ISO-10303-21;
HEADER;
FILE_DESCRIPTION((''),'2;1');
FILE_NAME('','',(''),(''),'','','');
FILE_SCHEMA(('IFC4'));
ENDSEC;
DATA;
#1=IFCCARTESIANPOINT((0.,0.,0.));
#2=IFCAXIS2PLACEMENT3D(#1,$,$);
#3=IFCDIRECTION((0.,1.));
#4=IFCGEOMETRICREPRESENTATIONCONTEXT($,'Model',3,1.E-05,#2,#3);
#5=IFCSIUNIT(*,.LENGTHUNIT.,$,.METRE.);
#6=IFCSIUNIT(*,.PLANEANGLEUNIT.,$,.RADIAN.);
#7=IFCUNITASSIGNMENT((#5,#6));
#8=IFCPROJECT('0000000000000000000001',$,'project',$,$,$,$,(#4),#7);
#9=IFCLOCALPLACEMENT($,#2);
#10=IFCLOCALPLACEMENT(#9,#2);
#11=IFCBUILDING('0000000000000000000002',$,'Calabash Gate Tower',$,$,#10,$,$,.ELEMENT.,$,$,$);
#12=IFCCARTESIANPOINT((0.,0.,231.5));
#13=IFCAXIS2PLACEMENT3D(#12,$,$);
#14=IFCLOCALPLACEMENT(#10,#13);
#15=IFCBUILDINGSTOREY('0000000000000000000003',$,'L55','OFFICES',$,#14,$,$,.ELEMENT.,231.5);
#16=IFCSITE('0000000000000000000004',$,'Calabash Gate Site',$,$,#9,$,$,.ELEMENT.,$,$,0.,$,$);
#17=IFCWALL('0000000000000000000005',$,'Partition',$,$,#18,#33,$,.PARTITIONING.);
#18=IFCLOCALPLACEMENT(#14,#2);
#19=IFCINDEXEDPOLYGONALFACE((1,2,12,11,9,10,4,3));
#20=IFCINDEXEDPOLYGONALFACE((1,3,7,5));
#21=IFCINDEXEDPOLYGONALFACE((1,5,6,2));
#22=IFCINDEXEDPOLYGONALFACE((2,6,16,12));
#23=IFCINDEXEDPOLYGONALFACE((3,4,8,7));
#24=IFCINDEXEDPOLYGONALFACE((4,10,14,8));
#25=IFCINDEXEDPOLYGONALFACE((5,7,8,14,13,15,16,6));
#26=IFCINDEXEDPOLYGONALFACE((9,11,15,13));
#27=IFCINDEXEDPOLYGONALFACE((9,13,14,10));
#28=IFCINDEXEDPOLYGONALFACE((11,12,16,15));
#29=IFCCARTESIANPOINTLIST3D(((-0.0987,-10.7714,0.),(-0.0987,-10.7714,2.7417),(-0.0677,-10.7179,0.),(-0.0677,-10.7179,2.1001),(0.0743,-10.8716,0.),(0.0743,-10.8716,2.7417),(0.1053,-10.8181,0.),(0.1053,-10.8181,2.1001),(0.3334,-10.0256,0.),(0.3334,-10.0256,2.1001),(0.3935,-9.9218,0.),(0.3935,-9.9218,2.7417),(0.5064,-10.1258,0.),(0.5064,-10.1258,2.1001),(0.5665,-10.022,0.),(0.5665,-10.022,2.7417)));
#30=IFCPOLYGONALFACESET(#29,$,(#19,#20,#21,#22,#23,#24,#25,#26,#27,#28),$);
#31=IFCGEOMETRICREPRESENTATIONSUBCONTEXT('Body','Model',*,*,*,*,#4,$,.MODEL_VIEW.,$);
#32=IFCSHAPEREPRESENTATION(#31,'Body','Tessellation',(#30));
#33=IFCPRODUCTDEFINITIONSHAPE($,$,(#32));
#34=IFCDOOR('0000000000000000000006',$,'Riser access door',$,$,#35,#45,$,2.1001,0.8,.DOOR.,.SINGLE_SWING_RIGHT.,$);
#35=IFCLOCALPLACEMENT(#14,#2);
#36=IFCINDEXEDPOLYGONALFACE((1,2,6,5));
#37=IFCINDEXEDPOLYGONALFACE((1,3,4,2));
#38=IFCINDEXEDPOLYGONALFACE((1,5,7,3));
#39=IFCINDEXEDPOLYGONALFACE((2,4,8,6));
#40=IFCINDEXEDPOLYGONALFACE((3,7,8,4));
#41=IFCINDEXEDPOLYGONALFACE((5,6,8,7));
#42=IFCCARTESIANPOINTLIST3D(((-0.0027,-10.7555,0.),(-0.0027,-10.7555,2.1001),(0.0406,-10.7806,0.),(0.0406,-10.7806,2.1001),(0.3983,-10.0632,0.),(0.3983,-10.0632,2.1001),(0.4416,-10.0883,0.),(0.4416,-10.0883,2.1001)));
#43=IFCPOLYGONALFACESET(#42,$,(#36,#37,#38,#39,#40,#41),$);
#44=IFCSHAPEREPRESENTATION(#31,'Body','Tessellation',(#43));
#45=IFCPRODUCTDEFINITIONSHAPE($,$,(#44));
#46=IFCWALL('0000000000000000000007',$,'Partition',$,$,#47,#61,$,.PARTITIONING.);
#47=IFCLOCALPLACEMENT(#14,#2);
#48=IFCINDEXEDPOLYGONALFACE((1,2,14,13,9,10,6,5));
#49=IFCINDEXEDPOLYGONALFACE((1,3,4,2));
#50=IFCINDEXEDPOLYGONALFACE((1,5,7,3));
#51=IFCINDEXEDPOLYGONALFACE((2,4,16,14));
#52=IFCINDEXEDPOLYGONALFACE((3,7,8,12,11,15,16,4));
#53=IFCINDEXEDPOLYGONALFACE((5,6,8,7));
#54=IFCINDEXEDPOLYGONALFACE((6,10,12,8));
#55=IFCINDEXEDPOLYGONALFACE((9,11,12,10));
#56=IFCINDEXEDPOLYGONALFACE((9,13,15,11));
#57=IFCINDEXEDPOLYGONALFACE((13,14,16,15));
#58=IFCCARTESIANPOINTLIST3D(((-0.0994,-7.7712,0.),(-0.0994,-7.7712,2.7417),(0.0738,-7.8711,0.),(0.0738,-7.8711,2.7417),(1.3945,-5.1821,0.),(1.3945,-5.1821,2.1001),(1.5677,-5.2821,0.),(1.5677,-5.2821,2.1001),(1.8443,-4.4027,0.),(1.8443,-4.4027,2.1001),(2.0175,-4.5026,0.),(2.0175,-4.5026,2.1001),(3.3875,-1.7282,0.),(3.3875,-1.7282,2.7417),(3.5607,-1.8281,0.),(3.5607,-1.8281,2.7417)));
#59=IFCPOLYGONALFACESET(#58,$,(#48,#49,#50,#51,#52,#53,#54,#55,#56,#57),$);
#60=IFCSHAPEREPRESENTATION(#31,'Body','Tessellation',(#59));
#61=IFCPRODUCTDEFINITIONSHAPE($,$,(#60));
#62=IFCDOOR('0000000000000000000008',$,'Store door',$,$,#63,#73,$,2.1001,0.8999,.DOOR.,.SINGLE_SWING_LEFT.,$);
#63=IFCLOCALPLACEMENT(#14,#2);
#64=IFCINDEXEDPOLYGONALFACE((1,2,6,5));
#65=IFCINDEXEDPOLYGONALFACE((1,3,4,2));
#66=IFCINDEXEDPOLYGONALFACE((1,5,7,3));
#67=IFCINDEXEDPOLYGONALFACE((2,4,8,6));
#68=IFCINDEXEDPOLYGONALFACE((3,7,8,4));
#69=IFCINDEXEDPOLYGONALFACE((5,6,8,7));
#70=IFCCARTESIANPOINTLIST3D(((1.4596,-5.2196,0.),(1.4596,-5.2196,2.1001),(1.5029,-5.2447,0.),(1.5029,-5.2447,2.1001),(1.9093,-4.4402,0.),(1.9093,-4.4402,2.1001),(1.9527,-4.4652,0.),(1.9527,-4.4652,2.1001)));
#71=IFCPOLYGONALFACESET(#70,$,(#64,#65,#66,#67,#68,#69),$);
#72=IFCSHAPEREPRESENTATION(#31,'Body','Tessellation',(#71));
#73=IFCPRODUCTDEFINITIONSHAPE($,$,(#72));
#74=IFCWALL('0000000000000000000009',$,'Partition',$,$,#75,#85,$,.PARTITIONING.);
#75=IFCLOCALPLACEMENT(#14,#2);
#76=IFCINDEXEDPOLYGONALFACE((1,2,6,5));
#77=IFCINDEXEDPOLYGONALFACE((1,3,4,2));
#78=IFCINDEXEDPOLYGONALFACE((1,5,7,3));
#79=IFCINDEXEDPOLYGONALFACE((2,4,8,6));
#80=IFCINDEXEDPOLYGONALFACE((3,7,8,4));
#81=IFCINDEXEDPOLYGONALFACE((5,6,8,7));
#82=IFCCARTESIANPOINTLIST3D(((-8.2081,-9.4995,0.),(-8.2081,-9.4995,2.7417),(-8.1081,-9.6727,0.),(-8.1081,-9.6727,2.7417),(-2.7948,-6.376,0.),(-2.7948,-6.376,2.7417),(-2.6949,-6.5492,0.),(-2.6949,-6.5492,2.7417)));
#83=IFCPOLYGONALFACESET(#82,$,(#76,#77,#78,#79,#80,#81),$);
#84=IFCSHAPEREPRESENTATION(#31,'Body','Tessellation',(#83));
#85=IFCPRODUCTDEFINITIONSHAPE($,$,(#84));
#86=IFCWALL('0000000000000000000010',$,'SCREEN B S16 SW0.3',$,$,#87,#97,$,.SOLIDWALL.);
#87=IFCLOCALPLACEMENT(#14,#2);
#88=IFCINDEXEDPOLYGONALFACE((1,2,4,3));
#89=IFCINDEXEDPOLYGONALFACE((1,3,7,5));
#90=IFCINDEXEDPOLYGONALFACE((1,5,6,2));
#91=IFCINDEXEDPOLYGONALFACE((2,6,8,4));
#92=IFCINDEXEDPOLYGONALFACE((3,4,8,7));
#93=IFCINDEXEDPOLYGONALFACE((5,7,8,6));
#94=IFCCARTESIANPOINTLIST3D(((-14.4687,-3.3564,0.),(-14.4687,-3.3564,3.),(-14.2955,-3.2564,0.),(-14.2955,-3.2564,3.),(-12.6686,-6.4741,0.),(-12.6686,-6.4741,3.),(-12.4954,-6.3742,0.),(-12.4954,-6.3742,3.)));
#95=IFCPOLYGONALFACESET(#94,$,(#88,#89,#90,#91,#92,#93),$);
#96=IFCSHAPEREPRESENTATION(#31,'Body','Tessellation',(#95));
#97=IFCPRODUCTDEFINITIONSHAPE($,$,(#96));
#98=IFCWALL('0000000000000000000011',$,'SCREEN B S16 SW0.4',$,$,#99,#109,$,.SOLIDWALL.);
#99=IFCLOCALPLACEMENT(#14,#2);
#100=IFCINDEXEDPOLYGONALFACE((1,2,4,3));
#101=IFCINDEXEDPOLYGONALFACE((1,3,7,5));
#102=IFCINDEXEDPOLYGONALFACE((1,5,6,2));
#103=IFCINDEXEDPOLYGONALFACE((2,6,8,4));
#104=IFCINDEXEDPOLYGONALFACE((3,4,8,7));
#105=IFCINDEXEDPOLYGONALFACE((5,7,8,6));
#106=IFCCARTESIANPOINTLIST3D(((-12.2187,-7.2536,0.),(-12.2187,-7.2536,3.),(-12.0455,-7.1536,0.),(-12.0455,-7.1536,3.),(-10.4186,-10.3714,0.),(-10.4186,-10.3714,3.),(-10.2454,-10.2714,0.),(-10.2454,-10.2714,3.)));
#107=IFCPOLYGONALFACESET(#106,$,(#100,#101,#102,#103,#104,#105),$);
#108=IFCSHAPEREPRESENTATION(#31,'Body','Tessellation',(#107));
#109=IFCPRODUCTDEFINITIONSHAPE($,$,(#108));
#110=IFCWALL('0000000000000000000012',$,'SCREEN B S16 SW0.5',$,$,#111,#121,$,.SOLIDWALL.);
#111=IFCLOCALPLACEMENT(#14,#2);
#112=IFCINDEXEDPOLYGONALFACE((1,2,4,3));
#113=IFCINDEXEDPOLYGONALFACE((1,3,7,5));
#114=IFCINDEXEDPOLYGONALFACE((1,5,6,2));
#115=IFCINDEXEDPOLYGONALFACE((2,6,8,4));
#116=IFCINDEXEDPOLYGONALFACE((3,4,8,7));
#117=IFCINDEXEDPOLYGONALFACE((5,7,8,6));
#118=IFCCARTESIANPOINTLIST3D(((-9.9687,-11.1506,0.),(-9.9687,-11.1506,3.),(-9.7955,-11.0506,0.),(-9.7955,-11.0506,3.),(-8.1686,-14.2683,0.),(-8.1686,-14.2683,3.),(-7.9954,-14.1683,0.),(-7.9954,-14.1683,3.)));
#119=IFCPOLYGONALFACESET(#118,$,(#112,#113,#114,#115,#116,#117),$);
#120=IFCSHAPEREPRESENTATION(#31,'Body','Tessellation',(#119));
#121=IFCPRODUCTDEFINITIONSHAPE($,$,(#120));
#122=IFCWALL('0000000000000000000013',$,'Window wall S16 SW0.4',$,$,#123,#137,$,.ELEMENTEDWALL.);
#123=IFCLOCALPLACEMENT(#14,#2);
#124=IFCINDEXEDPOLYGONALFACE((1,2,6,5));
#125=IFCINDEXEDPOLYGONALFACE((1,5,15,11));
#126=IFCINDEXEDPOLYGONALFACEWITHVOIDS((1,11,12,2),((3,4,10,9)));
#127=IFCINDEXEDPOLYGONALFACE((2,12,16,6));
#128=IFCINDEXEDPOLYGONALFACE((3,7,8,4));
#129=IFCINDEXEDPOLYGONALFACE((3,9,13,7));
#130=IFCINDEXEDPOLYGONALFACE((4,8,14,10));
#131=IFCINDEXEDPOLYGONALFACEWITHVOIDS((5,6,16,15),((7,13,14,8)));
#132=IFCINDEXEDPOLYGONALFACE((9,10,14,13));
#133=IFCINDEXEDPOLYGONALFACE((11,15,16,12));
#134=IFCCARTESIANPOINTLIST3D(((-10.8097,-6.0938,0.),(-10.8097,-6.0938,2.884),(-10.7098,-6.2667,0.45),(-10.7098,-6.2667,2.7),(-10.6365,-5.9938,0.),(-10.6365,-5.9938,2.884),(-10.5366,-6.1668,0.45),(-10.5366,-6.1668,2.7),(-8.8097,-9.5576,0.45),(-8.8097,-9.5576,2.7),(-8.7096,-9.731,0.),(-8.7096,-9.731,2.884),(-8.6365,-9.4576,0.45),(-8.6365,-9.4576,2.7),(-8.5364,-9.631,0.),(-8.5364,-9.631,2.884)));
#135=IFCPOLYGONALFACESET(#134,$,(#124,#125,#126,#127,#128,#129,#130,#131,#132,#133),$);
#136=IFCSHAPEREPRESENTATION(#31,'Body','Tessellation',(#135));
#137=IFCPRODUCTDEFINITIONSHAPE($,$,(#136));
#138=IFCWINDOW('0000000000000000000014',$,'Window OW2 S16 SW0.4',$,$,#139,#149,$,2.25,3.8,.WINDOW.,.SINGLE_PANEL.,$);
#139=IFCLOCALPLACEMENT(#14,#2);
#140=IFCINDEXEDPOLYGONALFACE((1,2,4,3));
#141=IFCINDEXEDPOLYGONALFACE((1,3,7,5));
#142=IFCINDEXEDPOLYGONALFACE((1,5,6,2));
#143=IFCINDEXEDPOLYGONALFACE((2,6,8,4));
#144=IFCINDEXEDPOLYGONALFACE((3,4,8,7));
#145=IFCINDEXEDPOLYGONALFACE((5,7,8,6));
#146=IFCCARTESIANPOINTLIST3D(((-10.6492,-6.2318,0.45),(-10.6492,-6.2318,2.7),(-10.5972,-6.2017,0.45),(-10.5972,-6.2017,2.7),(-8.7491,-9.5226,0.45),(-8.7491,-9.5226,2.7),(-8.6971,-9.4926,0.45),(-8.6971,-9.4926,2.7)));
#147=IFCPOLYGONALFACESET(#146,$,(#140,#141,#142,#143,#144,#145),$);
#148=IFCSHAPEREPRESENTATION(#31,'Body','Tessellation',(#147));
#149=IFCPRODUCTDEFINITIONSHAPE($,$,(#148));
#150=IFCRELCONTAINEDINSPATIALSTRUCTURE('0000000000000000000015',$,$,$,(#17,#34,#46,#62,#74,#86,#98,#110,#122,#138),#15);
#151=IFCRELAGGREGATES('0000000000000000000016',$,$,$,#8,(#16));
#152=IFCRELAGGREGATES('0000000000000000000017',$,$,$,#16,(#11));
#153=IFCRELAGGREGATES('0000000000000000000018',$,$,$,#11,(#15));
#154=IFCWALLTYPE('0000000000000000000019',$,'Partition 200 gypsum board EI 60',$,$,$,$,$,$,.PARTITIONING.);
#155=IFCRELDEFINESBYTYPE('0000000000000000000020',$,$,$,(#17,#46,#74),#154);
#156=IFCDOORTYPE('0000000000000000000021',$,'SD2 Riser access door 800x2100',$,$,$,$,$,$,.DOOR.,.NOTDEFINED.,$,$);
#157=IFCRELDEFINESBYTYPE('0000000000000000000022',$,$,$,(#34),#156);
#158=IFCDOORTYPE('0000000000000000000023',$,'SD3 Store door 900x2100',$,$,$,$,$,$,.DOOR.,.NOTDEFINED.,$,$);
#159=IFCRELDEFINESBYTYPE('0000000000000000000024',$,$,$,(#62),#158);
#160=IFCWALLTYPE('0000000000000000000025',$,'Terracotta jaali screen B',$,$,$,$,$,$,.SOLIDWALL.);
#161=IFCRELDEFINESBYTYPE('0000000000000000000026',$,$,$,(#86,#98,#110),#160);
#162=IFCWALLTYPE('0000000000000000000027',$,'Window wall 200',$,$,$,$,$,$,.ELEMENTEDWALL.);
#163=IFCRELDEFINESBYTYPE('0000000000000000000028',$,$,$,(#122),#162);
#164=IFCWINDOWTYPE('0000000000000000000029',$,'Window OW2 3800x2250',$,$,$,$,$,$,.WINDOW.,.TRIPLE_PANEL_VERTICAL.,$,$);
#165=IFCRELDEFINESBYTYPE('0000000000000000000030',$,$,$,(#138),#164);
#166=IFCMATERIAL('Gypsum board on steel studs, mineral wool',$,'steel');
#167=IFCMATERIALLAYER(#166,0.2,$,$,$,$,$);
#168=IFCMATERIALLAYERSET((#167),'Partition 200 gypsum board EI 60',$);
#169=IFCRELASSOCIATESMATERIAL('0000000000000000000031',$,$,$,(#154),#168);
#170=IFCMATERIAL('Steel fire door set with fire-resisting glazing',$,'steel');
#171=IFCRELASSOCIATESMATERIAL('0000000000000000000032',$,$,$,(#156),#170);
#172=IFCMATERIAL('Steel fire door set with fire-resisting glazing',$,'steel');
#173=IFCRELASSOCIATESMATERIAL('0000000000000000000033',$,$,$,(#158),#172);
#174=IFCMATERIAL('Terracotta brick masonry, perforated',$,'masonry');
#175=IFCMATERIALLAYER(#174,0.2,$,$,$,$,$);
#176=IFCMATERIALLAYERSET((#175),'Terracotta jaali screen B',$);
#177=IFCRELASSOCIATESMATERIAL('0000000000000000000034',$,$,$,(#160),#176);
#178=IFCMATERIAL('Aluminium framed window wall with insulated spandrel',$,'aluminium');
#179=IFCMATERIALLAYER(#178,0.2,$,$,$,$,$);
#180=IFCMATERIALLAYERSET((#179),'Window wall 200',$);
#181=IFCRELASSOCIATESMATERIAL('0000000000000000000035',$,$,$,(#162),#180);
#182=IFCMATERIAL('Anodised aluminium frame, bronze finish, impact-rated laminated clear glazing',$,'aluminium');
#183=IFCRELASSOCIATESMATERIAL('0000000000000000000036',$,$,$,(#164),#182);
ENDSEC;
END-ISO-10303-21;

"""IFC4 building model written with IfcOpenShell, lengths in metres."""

from ifc_helpers import new_model, si_unit, direction, frame, frame_2d, origin, place, context, subcontext, project, spatial, rectangle, extrude, material, layer, layer_set, type_object, element, fill, save


model = new_model("IFC4")

# Units and contexts
model_context = context("Model", 3, precision=1e-05, world=origin(), true_north=direction((0.0, 1.0)))
body_context = subcontext(model_context, "Body", "Model", "MODEL_VIEW")
ifc_project = project(units=[si_unit("LENGTHUNIT", "METRE"), si_unit("PLANEANGLEUNIT", "RADIAN")], contexts=[model_context])

# Site, building, storey
site_placement = place(None, origin())
site = spatial("IfcSite", under=ifc_project, at=site_placement, Name="Calabash Gate Site", CompositionType="ELEMENT", RefElevation=0.0)
building_placement = place(site_placement, origin())
building = spatial("IfcBuilding", under=site, at=building_placement, Name="Calabash Gate Tower", CompositionType="ELEMENT")
storey_placement = place(building_placement, frame((0.0, 0.0, 231.5)))
storey = spatial("IfcBuildingStorey", under=building, at=storey_placement, Name="L55", Description="OFFICES", CompositionType="ELEMENT", Elevation=231.5)

# Walls, openings, doors
ifc_material_1 = material(Name="Gypsum board on steel studs, mineral wool", Category="steel")
ifc_layer_1 = layer(ifc_material_1, 0.2)
ifc_layer_set_1 = layer_set([ifc_layer_1], Name="Partition 200 gypsum board EI 60")
wall_type_1 = type_object("IfcWallType", Name="Partition 200 gypsum board EI 60", PredefinedType="PARTITIONING", material=ifc_layer_set_1)
wall_1_placement = place(storey_placement, frame((-0.0122, -10.8215, 0.0), z_axis=(0.0, 0.0, 1.0), x_axis=(0.501271, 0.86529, 0.0)))
wall_1 = element("IfcWall", 1, at=wall_1_placement, inside=storey, type_object=wall_type_1, Name="Partition", PredefinedType="PARTITIONING", context=body_context, shape_type="SweptSolid", body=[
    extrude(rectangle(XDim=0.9819, YDim=0.2, at=frame_2d((0.491, 0.0))), origin(), (0.0, 0.0, 1.0), 2.7417),
])
opening_1_placement = place(wall_1_placement, frame((0.062, 0.0, 0.0)))
opening_1 = element("IfcOpeningElement", 2, at=opening_1_placement, cuts=wall_1, PredefinedType="OPENING", context=body_context, shape_type="SweptSolid", body=[
    extrude(rectangle(XDim=0.8, YDim=2.1001, at=frame_2d((0.3999, 1.05))), frame((0.0, 0.1099, 0.0), z_axis=(0.0, -1.0, 0.0), x_axis=(1.0, 0.0, 0.0)), (0.0, 0.0, 1.0), 0.22),
])
ifc_material_2 = material(Name="Steel fire door set with fire-resisting glazing", Category="steel")
door_type_1 = type_object("IfcDoorType", Name="SD2 Riser access door 800x2100", OperationType="NOTDEFINED", PredefinedType="DOOR", material=ifc_material_2)
door_1_placement = place(opening_1_placement, origin())
door_1 = element("IfcDoor", 3, at=door_1_placement, inside=storey, type_object=door_type_1, Name="Riser access door", OperationType="SINGLE_SWING_RIGHT", OverallHeight=2.1001, OverallWidth=0.8, PredefinedType="DOOR", context=body_context, shape_type="SweptSolid", body=[
    extrude(rectangle(XDim=0.8, YDim=2.1001, at=frame_2d((0.3999, 1.05))), frame((0.0, 0.0249, 0.0), z_axis=(0.0, -1.0, 0.0), x_axis=(1.0, 0.0, 0.0)), (0.0, 0.0, 1.0), 0.05),
])
fill(opening_1, door_1)
wall_2_placement = place(storey_placement, frame((-0.0127, -7.821, 0.0), z_axis=(0.0, 0.0, 1.0), x_axis=(0.499775, 0.866155, 0.0)))
wall_2 = element("IfcWall", 4, at=wall_2_placement, inside=storey, type_object=wall_type_1, Name="Partition", PredefinedType="PARTITIONING", context=body_context, shape_type="SweptSolid", body=[
    extrude(rectangle(XDim=6.9768, YDim=0.2, at=frame_2d((3.4883, 0.0))), origin(), (0.0, 0.0, 1.0), 2.7417),
])
opening_2_placement = place(wall_2_placement, frame((2.989, 0.0, 0.0)))
opening_2 = element("IfcOpeningElement", 5, at=opening_2_placement, cuts=wall_2, PredefinedType="OPENING", context=body_context, shape_type="SweptSolid", body=[
    extrude(rectangle(XDim=0.8999, YDim=2.1001, at=frame_2d((0.45, 1.05))), frame((0.0, 0.1099, 0.0), z_axis=(0.0, -1.0, 0.0), x_axis=(1.0, 0.0, 0.0)), (0.0, 0.0, 1.0), 0.22),
])
ifc_material_3 = material(Name="Steel fire door set with fire-resisting glazing", Category="steel")
door_type_2 = type_object("IfcDoorType", Name="SD3 Store door 900x2100", OperationType="NOTDEFINED", PredefinedType="DOOR", material=ifc_material_3)
door_2_placement = place(opening_2_placement, origin())
door_2 = element("IfcDoor", 6, at=door_2_placement, inside=storey, type_object=door_type_2, Name="Store door", OperationType="SINGLE_SWING_LEFT", OverallHeight=2.1001, OverallWidth=0.8999, PredefinedType="DOOR", context=body_context, shape_type="SweptSolid", body=[
    extrude(rectangle(XDim=0.8999, YDim=2.1001, at=frame_2d((0.45, 1.05))), frame((0.0, 0.0249, 0.0), z_axis=(0.0, -1.0, 0.0), x_axis=(1.0, 0.0, 0.0)), (0.0, 0.0, 1.0), 0.05),
])
fill(opening_2, door_2)

# Walls
wall_3_placement = place(storey_placement, frame((-8.1582, -9.5862, 0.0), z_axis=(0.0, 0.0, 1.0), x_axis=(0.866154, 0.499778, 0.0)))
element("IfcWall", 7, at=wall_3_placement, inside=storey, type_object=wall_type_1, Name="Partition", PredefinedType="PARTITIONING", context=body_context, shape_type="SweptSolid", body=[
    extrude(rectangle(XDim=6.2498, YDim=0.2, at=frame_2d((3.125, 0.0))), origin(), (0.0, 0.0, 1.0), 2.7417),
])
ifc_material_4 = material(Name="Terracotta brick masonry, perforated", Category="masonry")
ifc_layer_2 = layer(ifc_material_4, 0.2)
ifc_layer_set_2 = layer_set([ifc_layer_2], Name="Terracotta jaali screen B")
wall_type_2 = type_object("IfcWallType", Name="Terracotta jaali screen B", PredefinedType="SOLIDWALL", material=ifc_layer_set_2)
for number, where, z_axis, x_axis, name in (
    (8, (-14.3821, -3.3064, 0.0), (0.0, 0.0, 1.0), (0.500012, -0.866018, 0.0), "SCREEN B S16 SW0.3"),
    (9, (-12.1321, -7.2036, 0.0), (0.0, 0.0, 1.0), (0.500012, -0.866018, 0.0), "SCREEN B S16 SW0.4"),
    (10, (-9.8821, -11.1006, 0.0), (0.0, 0.0, 1.0), (0.500012, -0.866018, 0.0), "SCREEN B S16 SW0.5"),
):
    element("IfcWall", number, at=place(storey_placement, frame(where, z_axis=z_axis, x_axis=x_axis)), inside=storey, type_object=wall_type_2, Name=name, PredefinedType="SOLIDWALL", context=body_context, shape_type="SweptSolid", body=[
        extrude(rectangle(XDim=3.6001, YDim=0.2, at=frame_2d((1.8, 0.0))), origin(), (0.0, 0.0, 1.0), 3.0),
    ])

# Wall, opening, window
ifc_material_5 = material(Name="Aluminium framed window wall with insulated spandrel", Category="aluminium")
ifc_layer_3 = layer(ifc_material_5, 0.2)
ifc_layer_set_3 = layer_set([ifc_layer_3], Name="Window wall 200")
wall_type_3 = type_object("IfcWallType", Name="Window wall 200", PredefinedType="ELEMENTEDWALL", material=ifc_layer_set_3)
wall_4_placement = place(storey_placement, frame((-10.7231, -6.0437, 0.0), z_axis=(0.0, 0.0, 1.0), x_axis=(0.500028, -0.866009, 0.0)))
wall_4 = element("IfcWall", 11, at=wall_4_placement, inside=storey, type_object=wall_type_3, Name="Window wall S16 SW0.4", PredefinedType="ELEMENTEDWALL", context=body_context, shape_type="SweptSolid", body=[
    extrude(rectangle(XDim=4.2, YDim=0.2, at=frame_2d((2.1001, 0.0))), origin(), (0.0, 0.0, 1.0), 2.884),
])
opening_3_placement = place(wall_4_placement, frame((0.2, 0.0, 0.45)))
opening_3 = element("IfcOpeningElement", 12, at=opening_3_placement, cuts=wall_4, PredefinedType="OPENING", context=body_context, shape_type="SweptSolid", body=[
    extrude(rectangle(XDim=3.8, YDim=2.25, at=frame_2d((1.8999, 1.125))), frame((0.0, 0.1099, 0.0), z_axis=(0.0, -1.0, 0.0), x_axis=(1.0, 0.0, 0.0)), (0.0, 0.0, 1.0), 0.22),
])
ifc_material_6 = material(Name="Anodised aluminium frame, bronze finish, impact-rated laminated clear glazing", Category="aluminium")
window_type_1 = type_object("IfcWindowType", Name="Window OW2 3800x2250", PartitioningType="TRIPLE_PANEL_VERTICAL", PredefinedType="WINDOW", material=ifc_material_6)
window_1_placement = place(opening_3_placement, origin())
window_1 = element("IfcWindow", 13, at=window_1_placement, inside=storey, type_object=window_type_1, Name="Window OW2 S16 SW0.4", OverallHeight=2.25, OverallWidth=3.8, PartitioningType="SINGLE_PANEL", PredefinedType="WINDOW", context=body_context, shape_type="SweptSolid", body=[
    extrude(rectangle(XDim=3.8, YDim=2.25, at=frame_2d((1.8999, 1.125))), frame((0.0, 0.03, 0.0), z_axis=(0.0, -1.0, 0.0), x_axis=(1.0, 0.0, 0.0)), (0.0, 0.0, 1.0), 0.0601),
])
fill(opening_3, window_1)

save(model, "model.ifc")
